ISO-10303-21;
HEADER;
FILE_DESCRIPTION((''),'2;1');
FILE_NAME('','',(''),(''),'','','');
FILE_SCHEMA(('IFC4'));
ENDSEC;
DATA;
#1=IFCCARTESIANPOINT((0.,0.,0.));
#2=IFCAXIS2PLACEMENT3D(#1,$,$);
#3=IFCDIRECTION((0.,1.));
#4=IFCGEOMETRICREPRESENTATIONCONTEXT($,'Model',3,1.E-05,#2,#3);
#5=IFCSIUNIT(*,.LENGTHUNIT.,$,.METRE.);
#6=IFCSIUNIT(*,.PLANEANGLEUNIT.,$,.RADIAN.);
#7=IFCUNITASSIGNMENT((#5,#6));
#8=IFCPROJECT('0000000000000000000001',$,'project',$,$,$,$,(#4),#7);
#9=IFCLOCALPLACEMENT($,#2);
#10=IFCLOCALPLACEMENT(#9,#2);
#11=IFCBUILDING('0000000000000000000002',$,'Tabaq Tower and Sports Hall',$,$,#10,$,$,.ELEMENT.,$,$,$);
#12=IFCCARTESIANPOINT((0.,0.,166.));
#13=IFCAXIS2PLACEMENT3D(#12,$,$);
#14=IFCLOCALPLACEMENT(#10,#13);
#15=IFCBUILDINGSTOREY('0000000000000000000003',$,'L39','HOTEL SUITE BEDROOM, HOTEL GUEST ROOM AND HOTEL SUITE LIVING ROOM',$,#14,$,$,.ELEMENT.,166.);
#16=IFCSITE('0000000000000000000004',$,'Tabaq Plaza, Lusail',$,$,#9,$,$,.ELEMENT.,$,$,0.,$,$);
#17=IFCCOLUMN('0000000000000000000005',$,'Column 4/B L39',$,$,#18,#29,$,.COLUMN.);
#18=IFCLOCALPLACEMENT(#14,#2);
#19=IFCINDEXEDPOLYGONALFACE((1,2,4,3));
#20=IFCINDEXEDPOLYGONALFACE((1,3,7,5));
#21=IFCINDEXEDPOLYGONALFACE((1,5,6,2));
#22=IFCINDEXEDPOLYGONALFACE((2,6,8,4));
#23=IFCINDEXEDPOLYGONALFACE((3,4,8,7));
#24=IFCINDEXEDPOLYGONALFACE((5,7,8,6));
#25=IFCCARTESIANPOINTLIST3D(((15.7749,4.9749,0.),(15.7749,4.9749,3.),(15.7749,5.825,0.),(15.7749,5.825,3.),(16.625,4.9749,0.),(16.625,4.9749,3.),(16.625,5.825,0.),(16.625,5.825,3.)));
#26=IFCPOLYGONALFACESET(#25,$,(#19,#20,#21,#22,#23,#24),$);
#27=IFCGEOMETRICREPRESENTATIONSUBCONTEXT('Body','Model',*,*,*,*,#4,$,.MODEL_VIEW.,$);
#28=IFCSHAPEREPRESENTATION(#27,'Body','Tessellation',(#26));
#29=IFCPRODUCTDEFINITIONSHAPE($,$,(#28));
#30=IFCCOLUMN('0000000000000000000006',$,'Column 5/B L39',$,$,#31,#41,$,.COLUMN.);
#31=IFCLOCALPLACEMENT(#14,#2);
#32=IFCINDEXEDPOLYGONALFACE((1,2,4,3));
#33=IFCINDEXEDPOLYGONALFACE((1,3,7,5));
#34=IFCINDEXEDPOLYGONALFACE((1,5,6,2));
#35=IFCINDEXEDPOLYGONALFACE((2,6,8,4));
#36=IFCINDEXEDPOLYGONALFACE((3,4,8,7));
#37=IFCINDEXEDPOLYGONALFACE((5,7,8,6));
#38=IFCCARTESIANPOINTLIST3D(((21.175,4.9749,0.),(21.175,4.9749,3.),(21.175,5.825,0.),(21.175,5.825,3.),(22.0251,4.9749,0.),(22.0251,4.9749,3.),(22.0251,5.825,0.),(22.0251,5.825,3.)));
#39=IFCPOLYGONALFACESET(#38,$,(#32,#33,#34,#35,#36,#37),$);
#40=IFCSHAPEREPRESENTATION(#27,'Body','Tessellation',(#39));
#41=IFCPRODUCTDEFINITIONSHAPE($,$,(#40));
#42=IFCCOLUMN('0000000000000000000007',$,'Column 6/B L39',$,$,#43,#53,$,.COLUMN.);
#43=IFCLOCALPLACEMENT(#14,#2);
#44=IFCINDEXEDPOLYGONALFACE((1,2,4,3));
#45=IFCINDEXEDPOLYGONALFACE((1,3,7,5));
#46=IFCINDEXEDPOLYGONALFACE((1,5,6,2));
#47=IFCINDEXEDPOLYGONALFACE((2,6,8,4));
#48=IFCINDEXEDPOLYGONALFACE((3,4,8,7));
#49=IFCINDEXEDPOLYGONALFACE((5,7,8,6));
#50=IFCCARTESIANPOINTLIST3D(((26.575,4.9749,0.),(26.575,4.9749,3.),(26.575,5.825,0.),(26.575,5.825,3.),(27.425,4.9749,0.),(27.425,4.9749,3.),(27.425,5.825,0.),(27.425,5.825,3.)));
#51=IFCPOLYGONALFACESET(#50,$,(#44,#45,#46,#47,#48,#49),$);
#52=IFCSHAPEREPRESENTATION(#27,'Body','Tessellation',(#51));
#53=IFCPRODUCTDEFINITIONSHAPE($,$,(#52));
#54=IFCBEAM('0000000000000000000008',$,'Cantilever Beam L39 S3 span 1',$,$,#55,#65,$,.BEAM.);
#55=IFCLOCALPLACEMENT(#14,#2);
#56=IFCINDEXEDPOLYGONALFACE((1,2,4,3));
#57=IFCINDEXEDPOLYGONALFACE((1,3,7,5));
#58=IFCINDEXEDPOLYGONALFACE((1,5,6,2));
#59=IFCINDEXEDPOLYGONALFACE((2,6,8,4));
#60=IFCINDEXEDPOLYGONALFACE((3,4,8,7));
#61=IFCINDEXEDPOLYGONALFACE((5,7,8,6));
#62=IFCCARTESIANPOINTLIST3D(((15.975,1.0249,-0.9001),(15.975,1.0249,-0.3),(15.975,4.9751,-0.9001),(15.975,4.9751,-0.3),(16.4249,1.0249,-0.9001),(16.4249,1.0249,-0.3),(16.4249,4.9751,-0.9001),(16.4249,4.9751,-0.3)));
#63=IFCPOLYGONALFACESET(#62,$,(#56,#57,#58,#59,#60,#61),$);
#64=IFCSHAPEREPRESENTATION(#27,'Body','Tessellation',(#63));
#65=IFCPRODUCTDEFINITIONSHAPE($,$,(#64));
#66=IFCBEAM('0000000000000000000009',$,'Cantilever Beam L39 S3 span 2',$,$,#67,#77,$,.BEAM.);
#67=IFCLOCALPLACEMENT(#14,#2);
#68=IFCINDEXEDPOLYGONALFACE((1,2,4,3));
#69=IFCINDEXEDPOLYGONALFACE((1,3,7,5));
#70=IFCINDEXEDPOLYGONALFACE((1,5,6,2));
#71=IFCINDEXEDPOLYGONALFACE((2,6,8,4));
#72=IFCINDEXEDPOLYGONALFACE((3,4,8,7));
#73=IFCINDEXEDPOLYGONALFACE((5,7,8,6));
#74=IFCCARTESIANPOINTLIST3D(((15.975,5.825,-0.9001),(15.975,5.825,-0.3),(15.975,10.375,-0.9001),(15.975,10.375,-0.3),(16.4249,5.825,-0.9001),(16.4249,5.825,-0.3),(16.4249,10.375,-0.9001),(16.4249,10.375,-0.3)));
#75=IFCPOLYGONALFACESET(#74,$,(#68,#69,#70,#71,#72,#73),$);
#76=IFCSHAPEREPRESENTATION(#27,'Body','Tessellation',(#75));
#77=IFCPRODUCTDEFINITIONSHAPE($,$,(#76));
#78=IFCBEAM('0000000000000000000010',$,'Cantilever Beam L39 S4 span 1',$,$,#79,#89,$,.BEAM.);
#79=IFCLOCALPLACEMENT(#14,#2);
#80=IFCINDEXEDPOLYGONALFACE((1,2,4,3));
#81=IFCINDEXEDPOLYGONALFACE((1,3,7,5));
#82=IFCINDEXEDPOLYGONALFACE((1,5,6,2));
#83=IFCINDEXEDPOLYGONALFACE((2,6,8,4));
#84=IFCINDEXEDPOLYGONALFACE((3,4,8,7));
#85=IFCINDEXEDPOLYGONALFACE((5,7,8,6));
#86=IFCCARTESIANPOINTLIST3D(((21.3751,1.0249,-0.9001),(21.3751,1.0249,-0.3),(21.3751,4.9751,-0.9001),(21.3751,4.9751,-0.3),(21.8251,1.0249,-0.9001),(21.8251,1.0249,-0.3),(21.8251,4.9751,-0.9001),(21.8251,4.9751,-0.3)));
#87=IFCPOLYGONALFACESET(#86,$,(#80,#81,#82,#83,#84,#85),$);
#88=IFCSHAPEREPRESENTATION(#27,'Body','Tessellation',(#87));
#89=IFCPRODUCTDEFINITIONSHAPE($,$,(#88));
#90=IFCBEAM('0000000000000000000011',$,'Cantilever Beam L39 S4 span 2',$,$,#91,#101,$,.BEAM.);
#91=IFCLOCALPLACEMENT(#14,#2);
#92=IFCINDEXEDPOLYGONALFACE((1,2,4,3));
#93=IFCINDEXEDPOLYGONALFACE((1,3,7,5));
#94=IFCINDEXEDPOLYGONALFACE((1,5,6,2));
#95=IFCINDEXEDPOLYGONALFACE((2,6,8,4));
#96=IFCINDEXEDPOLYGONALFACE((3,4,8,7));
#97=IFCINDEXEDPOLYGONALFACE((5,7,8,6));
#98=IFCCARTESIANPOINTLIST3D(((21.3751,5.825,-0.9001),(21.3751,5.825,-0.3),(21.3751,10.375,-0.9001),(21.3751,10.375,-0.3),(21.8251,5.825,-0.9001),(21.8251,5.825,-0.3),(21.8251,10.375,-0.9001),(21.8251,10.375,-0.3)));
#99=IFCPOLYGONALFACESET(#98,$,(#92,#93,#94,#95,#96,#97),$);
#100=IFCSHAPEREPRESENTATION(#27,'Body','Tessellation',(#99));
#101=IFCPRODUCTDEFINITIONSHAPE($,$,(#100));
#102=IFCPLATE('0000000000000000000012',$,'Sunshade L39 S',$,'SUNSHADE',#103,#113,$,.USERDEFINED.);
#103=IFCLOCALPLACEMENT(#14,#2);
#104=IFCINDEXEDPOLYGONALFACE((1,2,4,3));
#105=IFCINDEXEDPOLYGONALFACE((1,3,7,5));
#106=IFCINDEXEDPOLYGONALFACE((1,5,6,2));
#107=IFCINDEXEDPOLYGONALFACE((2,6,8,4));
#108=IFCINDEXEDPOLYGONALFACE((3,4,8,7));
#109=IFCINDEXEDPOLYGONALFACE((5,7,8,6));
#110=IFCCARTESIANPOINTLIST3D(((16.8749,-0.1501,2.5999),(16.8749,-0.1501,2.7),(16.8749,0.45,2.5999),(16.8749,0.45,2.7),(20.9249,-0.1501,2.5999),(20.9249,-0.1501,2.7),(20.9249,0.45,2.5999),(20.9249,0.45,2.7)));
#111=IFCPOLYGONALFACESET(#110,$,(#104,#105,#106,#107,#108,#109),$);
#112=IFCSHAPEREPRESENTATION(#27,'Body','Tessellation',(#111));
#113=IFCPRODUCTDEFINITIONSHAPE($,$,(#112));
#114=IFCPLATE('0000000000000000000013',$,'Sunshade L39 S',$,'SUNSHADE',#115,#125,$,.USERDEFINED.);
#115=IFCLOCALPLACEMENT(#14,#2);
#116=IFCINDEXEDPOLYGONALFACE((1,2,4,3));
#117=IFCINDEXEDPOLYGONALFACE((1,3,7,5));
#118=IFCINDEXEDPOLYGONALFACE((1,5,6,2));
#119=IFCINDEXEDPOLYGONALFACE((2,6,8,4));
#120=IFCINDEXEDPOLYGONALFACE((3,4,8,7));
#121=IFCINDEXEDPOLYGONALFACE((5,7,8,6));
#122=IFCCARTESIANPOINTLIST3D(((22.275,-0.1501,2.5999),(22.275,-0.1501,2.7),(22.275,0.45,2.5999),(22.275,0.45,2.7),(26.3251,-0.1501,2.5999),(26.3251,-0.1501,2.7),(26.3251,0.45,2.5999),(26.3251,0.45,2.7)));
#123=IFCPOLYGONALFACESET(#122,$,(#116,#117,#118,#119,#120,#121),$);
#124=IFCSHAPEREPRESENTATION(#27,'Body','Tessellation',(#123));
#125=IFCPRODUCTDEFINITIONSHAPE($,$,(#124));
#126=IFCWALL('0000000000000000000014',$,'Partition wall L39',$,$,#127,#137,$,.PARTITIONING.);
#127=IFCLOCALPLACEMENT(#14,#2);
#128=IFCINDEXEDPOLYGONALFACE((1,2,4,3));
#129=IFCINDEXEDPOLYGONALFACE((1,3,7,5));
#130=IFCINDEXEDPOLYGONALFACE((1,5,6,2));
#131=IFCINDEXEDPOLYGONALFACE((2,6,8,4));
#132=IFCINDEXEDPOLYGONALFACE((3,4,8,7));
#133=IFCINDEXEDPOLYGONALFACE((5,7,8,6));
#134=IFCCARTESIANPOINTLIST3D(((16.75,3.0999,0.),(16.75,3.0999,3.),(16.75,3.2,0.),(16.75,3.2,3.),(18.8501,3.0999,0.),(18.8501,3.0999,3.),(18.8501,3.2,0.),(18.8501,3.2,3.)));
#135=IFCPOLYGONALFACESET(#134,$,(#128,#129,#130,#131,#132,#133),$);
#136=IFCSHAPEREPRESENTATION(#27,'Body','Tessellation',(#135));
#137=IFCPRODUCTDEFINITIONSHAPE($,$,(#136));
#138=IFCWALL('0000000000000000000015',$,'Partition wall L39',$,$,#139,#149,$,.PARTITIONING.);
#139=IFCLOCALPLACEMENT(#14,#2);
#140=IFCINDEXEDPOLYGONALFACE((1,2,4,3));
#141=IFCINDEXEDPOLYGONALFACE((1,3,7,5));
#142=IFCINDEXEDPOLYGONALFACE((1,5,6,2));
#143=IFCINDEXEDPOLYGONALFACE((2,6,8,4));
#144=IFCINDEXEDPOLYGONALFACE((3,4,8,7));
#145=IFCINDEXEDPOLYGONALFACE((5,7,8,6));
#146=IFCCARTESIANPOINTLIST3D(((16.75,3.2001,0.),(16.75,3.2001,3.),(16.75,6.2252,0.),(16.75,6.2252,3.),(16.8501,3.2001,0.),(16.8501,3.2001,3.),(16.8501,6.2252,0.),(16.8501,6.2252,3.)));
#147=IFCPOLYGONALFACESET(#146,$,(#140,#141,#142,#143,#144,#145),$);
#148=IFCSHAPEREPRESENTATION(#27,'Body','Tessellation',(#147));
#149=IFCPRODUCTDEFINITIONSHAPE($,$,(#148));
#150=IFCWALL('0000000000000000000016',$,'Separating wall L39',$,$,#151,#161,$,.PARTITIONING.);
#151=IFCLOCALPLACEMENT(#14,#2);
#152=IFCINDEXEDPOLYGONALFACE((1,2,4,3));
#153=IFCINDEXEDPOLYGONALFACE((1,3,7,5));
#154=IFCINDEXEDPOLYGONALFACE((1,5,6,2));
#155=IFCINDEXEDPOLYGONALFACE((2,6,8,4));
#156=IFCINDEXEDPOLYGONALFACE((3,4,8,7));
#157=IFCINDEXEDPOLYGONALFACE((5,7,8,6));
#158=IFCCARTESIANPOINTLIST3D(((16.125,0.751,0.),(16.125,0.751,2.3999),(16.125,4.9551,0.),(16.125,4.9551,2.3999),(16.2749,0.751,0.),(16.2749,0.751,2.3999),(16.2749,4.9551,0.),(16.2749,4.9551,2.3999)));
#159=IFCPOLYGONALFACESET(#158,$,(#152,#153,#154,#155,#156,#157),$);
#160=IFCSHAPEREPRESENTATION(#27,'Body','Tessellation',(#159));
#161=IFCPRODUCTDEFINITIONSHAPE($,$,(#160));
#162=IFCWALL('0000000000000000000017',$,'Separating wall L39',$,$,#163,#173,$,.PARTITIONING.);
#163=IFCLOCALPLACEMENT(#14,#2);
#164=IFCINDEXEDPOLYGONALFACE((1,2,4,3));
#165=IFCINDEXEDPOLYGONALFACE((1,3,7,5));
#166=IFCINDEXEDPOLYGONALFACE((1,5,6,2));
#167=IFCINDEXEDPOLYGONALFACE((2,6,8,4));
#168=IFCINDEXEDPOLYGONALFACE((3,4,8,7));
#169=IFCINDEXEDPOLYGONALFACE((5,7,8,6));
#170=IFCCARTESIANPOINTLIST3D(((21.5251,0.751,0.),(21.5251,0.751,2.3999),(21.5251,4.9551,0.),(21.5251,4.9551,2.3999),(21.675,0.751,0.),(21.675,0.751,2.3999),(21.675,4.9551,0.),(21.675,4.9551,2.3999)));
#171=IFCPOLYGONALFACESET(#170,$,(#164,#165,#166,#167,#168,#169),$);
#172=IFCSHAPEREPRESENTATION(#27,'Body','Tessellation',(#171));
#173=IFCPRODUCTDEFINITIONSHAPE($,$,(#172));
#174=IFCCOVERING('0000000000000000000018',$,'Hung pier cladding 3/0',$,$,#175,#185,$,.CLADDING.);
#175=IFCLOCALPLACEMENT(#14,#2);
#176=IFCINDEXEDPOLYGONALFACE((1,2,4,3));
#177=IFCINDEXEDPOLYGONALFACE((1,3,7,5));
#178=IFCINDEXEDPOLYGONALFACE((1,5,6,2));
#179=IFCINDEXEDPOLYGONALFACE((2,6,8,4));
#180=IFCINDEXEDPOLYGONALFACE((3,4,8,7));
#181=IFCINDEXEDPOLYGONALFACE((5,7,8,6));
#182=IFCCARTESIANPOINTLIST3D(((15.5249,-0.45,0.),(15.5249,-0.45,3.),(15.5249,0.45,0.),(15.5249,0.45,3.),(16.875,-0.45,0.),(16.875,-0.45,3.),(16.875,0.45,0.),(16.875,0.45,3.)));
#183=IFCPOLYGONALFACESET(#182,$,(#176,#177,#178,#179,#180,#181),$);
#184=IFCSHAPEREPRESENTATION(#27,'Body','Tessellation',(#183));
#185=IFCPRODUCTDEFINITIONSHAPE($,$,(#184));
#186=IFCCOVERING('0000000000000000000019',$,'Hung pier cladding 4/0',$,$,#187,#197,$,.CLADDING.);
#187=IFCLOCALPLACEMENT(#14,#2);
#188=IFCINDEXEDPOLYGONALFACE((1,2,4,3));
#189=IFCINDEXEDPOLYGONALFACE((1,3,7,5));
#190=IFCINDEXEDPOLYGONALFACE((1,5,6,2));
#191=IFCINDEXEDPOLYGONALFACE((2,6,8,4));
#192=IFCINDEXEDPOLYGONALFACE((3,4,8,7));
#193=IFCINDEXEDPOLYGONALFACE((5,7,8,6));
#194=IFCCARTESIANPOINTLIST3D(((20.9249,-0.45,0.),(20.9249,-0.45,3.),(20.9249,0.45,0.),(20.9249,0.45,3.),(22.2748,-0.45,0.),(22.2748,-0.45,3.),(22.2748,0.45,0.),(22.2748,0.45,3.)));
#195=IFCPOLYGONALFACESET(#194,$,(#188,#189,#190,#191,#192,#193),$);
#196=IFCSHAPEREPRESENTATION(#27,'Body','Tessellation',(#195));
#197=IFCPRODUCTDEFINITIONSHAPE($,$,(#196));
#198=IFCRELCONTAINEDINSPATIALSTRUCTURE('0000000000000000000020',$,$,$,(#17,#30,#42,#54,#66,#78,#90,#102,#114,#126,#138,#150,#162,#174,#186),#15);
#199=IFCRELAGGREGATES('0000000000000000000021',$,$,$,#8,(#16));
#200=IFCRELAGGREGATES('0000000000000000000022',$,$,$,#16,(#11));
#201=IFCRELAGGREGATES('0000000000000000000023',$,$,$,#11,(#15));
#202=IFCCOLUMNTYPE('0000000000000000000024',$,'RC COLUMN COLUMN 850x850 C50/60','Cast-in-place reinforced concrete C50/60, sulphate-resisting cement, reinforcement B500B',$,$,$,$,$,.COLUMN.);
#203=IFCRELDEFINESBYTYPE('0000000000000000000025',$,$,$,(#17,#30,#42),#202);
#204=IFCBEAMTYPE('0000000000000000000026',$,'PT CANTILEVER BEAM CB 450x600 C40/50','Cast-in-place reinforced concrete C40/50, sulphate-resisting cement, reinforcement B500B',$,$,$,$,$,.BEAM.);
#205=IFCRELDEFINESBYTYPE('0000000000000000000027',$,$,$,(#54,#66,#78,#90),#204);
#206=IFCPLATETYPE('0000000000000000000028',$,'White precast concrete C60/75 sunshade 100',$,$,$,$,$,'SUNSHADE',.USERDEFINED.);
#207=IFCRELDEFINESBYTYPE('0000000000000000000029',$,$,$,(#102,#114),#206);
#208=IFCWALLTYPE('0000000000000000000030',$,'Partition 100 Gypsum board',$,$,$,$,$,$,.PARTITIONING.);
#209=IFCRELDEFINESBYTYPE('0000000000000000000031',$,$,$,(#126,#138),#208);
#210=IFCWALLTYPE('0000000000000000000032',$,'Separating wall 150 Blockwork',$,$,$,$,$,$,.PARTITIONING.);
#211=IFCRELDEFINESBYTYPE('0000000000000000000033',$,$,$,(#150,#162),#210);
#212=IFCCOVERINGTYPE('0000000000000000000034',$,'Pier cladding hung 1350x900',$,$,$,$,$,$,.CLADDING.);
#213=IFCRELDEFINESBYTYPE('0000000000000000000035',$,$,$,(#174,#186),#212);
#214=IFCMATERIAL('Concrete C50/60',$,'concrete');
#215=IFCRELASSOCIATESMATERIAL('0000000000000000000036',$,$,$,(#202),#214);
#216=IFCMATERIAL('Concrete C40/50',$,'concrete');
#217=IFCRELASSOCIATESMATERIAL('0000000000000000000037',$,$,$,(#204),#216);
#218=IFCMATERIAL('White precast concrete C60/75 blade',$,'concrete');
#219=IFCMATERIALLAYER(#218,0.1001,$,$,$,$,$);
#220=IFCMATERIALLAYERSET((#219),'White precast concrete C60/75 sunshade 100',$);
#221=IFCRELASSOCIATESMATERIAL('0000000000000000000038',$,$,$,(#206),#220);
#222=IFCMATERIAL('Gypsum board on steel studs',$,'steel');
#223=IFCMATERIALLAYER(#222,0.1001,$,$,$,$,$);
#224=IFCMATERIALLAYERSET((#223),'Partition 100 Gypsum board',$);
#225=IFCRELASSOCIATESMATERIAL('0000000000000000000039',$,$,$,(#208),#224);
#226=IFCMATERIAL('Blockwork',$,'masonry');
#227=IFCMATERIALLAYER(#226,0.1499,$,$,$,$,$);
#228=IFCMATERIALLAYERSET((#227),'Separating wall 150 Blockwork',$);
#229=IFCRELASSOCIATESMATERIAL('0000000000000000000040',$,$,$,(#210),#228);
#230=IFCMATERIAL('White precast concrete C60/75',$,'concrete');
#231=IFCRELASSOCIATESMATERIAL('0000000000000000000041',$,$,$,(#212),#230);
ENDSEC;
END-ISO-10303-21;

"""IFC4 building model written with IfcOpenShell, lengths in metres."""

from ifc_helpers import new_model, si_unit, direction, frame, frame_2d, origin, origin_2d, place, context, subcontext, project, spatial, rectangle, extrude, material, layer, layer_set, material_profile, profile_set, type_object, element, save


model = new_model("IFC4")

# Units and contexts
model_context = context("Model", 3, precision=1e-05, world=origin(), true_north=direction((0.0, 1.0)))
body_context = subcontext(model_context, "Body", "Model", "MODEL_VIEW")
ifc_project = project(units=[si_unit("LENGTHUNIT", "METRE"), si_unit("PLANEANGLEUNIT", "RADIAN")], contexts=[model_context])

# Site, building, storey
site_placement = place(None, origin())
site = spatial("IfcSite", under=ifc_project, at=site_placement, Name="Tabaq Plaza, Lusail", CompositionType="ELEMENT", RefElevation=0.0)
building_placement = place(site_placement, origin())
building = spatial("IfcBuilding", under=site, at=building_placement, Name="Tabaq Tower and Sports Hall", CompositionType="ELEMENT")
storey_placement = place(building_placement, frame((0.0, 0.0, 166.0)))
storey = spatial("IfcBuildingStorey", under=building, at=storey_placement, Name="L39", Description="HOTEL SUITE BEDROOM, HOTEL GUEST ROOM AND HOTEL SUITE LIVING ROOM", CompositionType="ELEMENT", Elevation=166.0)

# Columns
ifc_material_1 = material(Name="Concrete C50/60", Category="concrete")
ifc_material_profile_1 = material_profile(ifc_material_1, rectangle(XDim=0.8501, YDim=0.8501, at=origin_2d()), Name="COLUMN 850x850")
ifc_profile_set_1 = profile_set([ifc_material_profile_1], Name="Concrete C50/60")
column_type = type_object("IfcColumnType", Name="RC COLUMN COLUMN 850x850 C50/60", Description="Cast-in-place reinforced concrete C50/60, sulphate-resisting cement, reinforcement B500B", PredefinedType="COLUMN", material=ifc_profile_set_1)
for number, where, z_axis, x_axis, name in (
    (1, (16.2, 5.3999, 0.0), (0.0, 0.0, 1.0), (1.0, 0.0, 0.0), "Column 4/B L39"),
    (2, (21.6001, 5.3999, 0.0), (0.0, 0.0, 1.0), (1.0, 0.0, 0.0), "Column 5/B L39"),
    (3, (27.0, 5.3999, 0.0), (0.0, 0.0, 1.0), (1.0, 0.0, 0.0), "Column 6/B L39"),
):
    element("IfcColumn", number, at=place(storey_placement, frame(where, z_axis=z_axis, x_axis=x_axis)), inside=storey, type_object=column_type, Name=name, PredefinedType="COLUMN", context=body_context, shape_type="SweptSolid", body=[
        extrude(rectangle(XDim=0.8501, YDim=0.8501, at=origin_2d()), origin(), (0.0, 0.0, 1.0), 3.0),
    ])

# Beams
ifc_material_2 = material(Name="Concrete C40/50", Category="concrete")
ifc_material_profile_2 = material_profile(ifc_material_2, rectangle(XDim=0.45, YDim=0.6001, at=origin_2d()), Name="CB 450x600")
ifc_profile_set_2 = profile_set([ifc_material_profile_2], Name="Concrete C40/50")
beam_type = type_object("IfcBeamType", Name="PT CANTILEVER BEAM CB 450x600 C40/50", Description="Cast-in-place reinforced concrete C40/50, sulphate-resisting cement, reinforcement B500B", PredefinedType="BEAM", material=ifc_profile_set_2)
beam_1_placement = place(storey_placement, frame((16.2, 1.0249, -0.6001), z_axis=(0.0, 1.0, 0.0), x_axis=(-1.0, 0.0, 0.0)))
element("IfcBeam", 4, at=beam_1_placement, inside=storey, type_object=beam_type, Name="Cantilever Beam L39 S3 span 1", PredefinedType="BEAM", context=body_context, shape_type="SweptSolid", body=[
    extrude(rectangle(XDim=0.45, YDim=0.6001, at=origin_2d()), origin(), (0.0, 0.0, 1.0), 3.9502),
])
beam_2_placement = place(storey_placement, frame((16.2, 5.825, -0.6001), z_axis=(0.0, 1.0, 0.0), x_axis=(-1.0, 0.0, 0.0)))
element("IfcBeam", 5, at=beam_2_placement, inside=storey, type_object=beam_type, Name="Cantilever Beam L39 S3 span 2", PredefinedType="BEAM", context=body_context, shape_type="SweptSolid", body=[
    extrude(rectangle(XDim=0.45, YDim=0.6001, at=origin_2d()), origin(), (0.0, 0.0, 1.0), 4.55),
])
beam_3_placement = place(storey_placement, frame((21.6001, 1.0249, -0.6001), z_axis=(0.0, 1.0, 0.0), x_axis=(-1.0, 0.0, 0.0)))
element("IfcBeam", 6, at=beam_3_placement, inside=storey, type_object=beam_type, Name="Cantilever Beam L39 S4 span 1", PredefinedType="BEAM", context=body_context, shape_type="SweptSolid", body=[
    extrude(rectangle(XDim=0.45, YDim=0.6001, at=origin_2d()), origin(), (0.0, 0.0, 1.0), 3.9502),
])
beam_4_placement = place(storey_placement, frame((21.6001, 5.825, -0.6001), z_axis=(0.0, 1.0, 0.0), x_axis=(-1.0, 0.0, 0.0)))
element("IfcBeam", 7, at=beam_4_placement, inside=storey, type_object=beam_type, Name="Cantilever Beam L39 S4 span 2", PredefinedType="BEAM", context=body_context, shape_type="SweptSolid", body=[
    extrude(rectangle(XDim=0.45, YDim=0.6001, at=origin_2d()), origin(), (0.0, 0.0, 1.0), 4.55),
])

# Plates
ifc_material_3 = material(Name="White precast concrete C60/75 blade", Category="concrete")
ifc_layer_1 = layer(ifc_material_3, 0.1001)
ifc_layer_set_1 = layer_set([ifc_layer_1], Name="White precast concrete C60/75 sunshade 100")
plate_type = type_object("IfcPlateType", Name="White precast concrete C60/75 sunshade 100", ElementType="SUNSHADE", PredefinedType="USERDEFINED", material=ifc_layer_set_1)
for number, where, z_axis, x_axis, name in (
    (8, (18.8999, 0.1499, 2.5999), (0.0, 0.0, 1.0), (1.0, 0.0, 0.0), "Sunshade L39 S"),
    (9, (24.3, 0.1499, 2.5999), (0.0, 0.0, 1.0), (1.0, 0.0, 0.0), "Sunshade L39 S"),
):
    element("IfcPlate", number, at=place(storey_placement, frame(where, z_axis=z_axis, x_axis=x_axis)), inside=storey, type_object=plate_type, Name=name, ObjectType="SUNSHADE", PredefinedType="USERDEFINED", context=body_context, shape_type="SweptSolid", body=[
        extrude(rectangle(XDim=4.05, YDim=0.6001, at=origin_2d()), origin(), (0.0, 0.0, 1.0), 0.1001),
    ])

# Walls
ifc_material_4 = material(Name="Gypsum board on steel studs", Category="steel")
ifc_layer_2 = layer(ifc_material_4, 0.1001)
ifc_layer_set_2 = layer_set([ifc_layer_2], Name="Partition 100 Gypsum board")
wall_type_1 = type_object("IfcWallType", Name="Partition 100 Gypsum board", PredefinedType="PARTITIONING", material=ifc_layer_set_2)
wall_1_placement = place(storey_placement, frame((18.8501, 3.1499, 0.0), z_axis=(0.0, 0.0, 1.0), x_axis=(-1.0, 0.0, 0.0)))
element("IfcWall", 10, at=wall_1_placement, inside=storey, type_object=wall_type_1, Name="Partition wall L39", PredefinedType="PARTITIONING", context=body_context, shape_type="SweptSolid", body=[
    extrude(rectangle(XDim=2.1001, YDim=0.1001, at=frame_2d((1.05, 0.0))), origin(), (0.0, 0.0, 1.0), 3.0),
])
wall_2_placement = place(storey_placement, frame((16.8, 3.2, 0.0), z_axis=(0.0, 0.0, 1.0), x_axis=(0.0, 1.0, 0.0)))
element("IfcWall", 11, at=wall_2_placement, inside=storey, type_object=wall_type_1, Name="Partition wall L39", PredefinedType="PARTITIONING", context=body_context, shape_type="SweptSolid", body=[
    extrude(rectangle(XDim=3.0251, YDim=0.1001, at=frame_2d((1.5127, 0.0))), origin(), (0.0, 0.0, 1.0), 3.0),
])
ifc_material_5 = material(Name="Blockwork", Category="masonry")
ifc_layer_3 = layer(ifc_material_5, 0.1499)
ifc_layer_set_3 = layer_set([ifc_layer_3], Name="Separating wall 150 Blockwork")
wall_type_2 = type_object("IfcWallType", Name="Separating wall 150 Blockwork", PredefinedType="PARTITIONING", material=ifc_layer_set_3)
for number, where, z_axis, x_axis, name in (
    (12, (16.2, 0.751, 0.0), (0.0, 0.0, 1.0), (0.0, 1.0, 0.0), "Separating wall L39"),
    (13, (21.6001, 0.751, 0.0), (0.0, 0.0, 1.0), (0.0, 1.0, 0.0), "Separating wall L39"),
):
    element("IfcWall", number, at=place(storey_placement, frame(where, z_axis=z_axis, x_axis=x_axis)), inside=storey, type_object=wall_type_2, Name=name, PredefinedType="PARTITIONING", context=body_context, shape_type="SweptSolid", body=[
        extrude(rectangle(XDim=4.2041, YDim=0.1499, at=frame_2d((2.1021, 0.0))), origin(), (0.0, 0.0, 1.0), 2.3999),
    ])

# Coverings
ifc_material_6 = material(Name="White precast concrete C60/75", Category="concrete")
covering_type_1 = type_object("IfcCoveringType", Name="Pier cladding hung 1350x900", PredefinedType="CLADDING", material=ifc_material_6)
covering_1_placement = place(storey_placement, frame((15.5249, 0.0, 0.0), z_axis=(0.0, 0.0, 1.0), x_axis=(1.0, 0.0, 0.0)))
element("IfcCovering", 14, at=covering_1_placement, inside=storey, type_object=covering_type_1, Name="Hung pier cladding 3/0", PredefinedType="CLADDING", context=body_context, shape_type="SweptSolid", body=[
    extrude(rectangle(XDim=1.3501, YDim=0.8999, at=frame_2d((0.675, 0.0))), origin(), (0.0, 0.0, 1.0), 3.0),
])
covering_2_placement = place(storey_placement, frame((20.925, 0.0, 0.0), z_axis=(0.0, 0.0, 1.0), x_axis=(1.0, 0.0, 0.0)))
element("IfcCovering", 15, at=covering_2_placement, inside=storey, type_object=covering_type_1, Name="Hung pier cladding 4/0", PredefinedType="CLADDING", context=body_context, shape_type="SweptSolid", body=[
    extrude(rectangle(XDim=1.3499, YDim=0.8999, at=frame_2d((0.6748, 0.0))), origin(), (0.0, 0.0, 1.0), 3.0),
])

save(model, "model.ifc")
